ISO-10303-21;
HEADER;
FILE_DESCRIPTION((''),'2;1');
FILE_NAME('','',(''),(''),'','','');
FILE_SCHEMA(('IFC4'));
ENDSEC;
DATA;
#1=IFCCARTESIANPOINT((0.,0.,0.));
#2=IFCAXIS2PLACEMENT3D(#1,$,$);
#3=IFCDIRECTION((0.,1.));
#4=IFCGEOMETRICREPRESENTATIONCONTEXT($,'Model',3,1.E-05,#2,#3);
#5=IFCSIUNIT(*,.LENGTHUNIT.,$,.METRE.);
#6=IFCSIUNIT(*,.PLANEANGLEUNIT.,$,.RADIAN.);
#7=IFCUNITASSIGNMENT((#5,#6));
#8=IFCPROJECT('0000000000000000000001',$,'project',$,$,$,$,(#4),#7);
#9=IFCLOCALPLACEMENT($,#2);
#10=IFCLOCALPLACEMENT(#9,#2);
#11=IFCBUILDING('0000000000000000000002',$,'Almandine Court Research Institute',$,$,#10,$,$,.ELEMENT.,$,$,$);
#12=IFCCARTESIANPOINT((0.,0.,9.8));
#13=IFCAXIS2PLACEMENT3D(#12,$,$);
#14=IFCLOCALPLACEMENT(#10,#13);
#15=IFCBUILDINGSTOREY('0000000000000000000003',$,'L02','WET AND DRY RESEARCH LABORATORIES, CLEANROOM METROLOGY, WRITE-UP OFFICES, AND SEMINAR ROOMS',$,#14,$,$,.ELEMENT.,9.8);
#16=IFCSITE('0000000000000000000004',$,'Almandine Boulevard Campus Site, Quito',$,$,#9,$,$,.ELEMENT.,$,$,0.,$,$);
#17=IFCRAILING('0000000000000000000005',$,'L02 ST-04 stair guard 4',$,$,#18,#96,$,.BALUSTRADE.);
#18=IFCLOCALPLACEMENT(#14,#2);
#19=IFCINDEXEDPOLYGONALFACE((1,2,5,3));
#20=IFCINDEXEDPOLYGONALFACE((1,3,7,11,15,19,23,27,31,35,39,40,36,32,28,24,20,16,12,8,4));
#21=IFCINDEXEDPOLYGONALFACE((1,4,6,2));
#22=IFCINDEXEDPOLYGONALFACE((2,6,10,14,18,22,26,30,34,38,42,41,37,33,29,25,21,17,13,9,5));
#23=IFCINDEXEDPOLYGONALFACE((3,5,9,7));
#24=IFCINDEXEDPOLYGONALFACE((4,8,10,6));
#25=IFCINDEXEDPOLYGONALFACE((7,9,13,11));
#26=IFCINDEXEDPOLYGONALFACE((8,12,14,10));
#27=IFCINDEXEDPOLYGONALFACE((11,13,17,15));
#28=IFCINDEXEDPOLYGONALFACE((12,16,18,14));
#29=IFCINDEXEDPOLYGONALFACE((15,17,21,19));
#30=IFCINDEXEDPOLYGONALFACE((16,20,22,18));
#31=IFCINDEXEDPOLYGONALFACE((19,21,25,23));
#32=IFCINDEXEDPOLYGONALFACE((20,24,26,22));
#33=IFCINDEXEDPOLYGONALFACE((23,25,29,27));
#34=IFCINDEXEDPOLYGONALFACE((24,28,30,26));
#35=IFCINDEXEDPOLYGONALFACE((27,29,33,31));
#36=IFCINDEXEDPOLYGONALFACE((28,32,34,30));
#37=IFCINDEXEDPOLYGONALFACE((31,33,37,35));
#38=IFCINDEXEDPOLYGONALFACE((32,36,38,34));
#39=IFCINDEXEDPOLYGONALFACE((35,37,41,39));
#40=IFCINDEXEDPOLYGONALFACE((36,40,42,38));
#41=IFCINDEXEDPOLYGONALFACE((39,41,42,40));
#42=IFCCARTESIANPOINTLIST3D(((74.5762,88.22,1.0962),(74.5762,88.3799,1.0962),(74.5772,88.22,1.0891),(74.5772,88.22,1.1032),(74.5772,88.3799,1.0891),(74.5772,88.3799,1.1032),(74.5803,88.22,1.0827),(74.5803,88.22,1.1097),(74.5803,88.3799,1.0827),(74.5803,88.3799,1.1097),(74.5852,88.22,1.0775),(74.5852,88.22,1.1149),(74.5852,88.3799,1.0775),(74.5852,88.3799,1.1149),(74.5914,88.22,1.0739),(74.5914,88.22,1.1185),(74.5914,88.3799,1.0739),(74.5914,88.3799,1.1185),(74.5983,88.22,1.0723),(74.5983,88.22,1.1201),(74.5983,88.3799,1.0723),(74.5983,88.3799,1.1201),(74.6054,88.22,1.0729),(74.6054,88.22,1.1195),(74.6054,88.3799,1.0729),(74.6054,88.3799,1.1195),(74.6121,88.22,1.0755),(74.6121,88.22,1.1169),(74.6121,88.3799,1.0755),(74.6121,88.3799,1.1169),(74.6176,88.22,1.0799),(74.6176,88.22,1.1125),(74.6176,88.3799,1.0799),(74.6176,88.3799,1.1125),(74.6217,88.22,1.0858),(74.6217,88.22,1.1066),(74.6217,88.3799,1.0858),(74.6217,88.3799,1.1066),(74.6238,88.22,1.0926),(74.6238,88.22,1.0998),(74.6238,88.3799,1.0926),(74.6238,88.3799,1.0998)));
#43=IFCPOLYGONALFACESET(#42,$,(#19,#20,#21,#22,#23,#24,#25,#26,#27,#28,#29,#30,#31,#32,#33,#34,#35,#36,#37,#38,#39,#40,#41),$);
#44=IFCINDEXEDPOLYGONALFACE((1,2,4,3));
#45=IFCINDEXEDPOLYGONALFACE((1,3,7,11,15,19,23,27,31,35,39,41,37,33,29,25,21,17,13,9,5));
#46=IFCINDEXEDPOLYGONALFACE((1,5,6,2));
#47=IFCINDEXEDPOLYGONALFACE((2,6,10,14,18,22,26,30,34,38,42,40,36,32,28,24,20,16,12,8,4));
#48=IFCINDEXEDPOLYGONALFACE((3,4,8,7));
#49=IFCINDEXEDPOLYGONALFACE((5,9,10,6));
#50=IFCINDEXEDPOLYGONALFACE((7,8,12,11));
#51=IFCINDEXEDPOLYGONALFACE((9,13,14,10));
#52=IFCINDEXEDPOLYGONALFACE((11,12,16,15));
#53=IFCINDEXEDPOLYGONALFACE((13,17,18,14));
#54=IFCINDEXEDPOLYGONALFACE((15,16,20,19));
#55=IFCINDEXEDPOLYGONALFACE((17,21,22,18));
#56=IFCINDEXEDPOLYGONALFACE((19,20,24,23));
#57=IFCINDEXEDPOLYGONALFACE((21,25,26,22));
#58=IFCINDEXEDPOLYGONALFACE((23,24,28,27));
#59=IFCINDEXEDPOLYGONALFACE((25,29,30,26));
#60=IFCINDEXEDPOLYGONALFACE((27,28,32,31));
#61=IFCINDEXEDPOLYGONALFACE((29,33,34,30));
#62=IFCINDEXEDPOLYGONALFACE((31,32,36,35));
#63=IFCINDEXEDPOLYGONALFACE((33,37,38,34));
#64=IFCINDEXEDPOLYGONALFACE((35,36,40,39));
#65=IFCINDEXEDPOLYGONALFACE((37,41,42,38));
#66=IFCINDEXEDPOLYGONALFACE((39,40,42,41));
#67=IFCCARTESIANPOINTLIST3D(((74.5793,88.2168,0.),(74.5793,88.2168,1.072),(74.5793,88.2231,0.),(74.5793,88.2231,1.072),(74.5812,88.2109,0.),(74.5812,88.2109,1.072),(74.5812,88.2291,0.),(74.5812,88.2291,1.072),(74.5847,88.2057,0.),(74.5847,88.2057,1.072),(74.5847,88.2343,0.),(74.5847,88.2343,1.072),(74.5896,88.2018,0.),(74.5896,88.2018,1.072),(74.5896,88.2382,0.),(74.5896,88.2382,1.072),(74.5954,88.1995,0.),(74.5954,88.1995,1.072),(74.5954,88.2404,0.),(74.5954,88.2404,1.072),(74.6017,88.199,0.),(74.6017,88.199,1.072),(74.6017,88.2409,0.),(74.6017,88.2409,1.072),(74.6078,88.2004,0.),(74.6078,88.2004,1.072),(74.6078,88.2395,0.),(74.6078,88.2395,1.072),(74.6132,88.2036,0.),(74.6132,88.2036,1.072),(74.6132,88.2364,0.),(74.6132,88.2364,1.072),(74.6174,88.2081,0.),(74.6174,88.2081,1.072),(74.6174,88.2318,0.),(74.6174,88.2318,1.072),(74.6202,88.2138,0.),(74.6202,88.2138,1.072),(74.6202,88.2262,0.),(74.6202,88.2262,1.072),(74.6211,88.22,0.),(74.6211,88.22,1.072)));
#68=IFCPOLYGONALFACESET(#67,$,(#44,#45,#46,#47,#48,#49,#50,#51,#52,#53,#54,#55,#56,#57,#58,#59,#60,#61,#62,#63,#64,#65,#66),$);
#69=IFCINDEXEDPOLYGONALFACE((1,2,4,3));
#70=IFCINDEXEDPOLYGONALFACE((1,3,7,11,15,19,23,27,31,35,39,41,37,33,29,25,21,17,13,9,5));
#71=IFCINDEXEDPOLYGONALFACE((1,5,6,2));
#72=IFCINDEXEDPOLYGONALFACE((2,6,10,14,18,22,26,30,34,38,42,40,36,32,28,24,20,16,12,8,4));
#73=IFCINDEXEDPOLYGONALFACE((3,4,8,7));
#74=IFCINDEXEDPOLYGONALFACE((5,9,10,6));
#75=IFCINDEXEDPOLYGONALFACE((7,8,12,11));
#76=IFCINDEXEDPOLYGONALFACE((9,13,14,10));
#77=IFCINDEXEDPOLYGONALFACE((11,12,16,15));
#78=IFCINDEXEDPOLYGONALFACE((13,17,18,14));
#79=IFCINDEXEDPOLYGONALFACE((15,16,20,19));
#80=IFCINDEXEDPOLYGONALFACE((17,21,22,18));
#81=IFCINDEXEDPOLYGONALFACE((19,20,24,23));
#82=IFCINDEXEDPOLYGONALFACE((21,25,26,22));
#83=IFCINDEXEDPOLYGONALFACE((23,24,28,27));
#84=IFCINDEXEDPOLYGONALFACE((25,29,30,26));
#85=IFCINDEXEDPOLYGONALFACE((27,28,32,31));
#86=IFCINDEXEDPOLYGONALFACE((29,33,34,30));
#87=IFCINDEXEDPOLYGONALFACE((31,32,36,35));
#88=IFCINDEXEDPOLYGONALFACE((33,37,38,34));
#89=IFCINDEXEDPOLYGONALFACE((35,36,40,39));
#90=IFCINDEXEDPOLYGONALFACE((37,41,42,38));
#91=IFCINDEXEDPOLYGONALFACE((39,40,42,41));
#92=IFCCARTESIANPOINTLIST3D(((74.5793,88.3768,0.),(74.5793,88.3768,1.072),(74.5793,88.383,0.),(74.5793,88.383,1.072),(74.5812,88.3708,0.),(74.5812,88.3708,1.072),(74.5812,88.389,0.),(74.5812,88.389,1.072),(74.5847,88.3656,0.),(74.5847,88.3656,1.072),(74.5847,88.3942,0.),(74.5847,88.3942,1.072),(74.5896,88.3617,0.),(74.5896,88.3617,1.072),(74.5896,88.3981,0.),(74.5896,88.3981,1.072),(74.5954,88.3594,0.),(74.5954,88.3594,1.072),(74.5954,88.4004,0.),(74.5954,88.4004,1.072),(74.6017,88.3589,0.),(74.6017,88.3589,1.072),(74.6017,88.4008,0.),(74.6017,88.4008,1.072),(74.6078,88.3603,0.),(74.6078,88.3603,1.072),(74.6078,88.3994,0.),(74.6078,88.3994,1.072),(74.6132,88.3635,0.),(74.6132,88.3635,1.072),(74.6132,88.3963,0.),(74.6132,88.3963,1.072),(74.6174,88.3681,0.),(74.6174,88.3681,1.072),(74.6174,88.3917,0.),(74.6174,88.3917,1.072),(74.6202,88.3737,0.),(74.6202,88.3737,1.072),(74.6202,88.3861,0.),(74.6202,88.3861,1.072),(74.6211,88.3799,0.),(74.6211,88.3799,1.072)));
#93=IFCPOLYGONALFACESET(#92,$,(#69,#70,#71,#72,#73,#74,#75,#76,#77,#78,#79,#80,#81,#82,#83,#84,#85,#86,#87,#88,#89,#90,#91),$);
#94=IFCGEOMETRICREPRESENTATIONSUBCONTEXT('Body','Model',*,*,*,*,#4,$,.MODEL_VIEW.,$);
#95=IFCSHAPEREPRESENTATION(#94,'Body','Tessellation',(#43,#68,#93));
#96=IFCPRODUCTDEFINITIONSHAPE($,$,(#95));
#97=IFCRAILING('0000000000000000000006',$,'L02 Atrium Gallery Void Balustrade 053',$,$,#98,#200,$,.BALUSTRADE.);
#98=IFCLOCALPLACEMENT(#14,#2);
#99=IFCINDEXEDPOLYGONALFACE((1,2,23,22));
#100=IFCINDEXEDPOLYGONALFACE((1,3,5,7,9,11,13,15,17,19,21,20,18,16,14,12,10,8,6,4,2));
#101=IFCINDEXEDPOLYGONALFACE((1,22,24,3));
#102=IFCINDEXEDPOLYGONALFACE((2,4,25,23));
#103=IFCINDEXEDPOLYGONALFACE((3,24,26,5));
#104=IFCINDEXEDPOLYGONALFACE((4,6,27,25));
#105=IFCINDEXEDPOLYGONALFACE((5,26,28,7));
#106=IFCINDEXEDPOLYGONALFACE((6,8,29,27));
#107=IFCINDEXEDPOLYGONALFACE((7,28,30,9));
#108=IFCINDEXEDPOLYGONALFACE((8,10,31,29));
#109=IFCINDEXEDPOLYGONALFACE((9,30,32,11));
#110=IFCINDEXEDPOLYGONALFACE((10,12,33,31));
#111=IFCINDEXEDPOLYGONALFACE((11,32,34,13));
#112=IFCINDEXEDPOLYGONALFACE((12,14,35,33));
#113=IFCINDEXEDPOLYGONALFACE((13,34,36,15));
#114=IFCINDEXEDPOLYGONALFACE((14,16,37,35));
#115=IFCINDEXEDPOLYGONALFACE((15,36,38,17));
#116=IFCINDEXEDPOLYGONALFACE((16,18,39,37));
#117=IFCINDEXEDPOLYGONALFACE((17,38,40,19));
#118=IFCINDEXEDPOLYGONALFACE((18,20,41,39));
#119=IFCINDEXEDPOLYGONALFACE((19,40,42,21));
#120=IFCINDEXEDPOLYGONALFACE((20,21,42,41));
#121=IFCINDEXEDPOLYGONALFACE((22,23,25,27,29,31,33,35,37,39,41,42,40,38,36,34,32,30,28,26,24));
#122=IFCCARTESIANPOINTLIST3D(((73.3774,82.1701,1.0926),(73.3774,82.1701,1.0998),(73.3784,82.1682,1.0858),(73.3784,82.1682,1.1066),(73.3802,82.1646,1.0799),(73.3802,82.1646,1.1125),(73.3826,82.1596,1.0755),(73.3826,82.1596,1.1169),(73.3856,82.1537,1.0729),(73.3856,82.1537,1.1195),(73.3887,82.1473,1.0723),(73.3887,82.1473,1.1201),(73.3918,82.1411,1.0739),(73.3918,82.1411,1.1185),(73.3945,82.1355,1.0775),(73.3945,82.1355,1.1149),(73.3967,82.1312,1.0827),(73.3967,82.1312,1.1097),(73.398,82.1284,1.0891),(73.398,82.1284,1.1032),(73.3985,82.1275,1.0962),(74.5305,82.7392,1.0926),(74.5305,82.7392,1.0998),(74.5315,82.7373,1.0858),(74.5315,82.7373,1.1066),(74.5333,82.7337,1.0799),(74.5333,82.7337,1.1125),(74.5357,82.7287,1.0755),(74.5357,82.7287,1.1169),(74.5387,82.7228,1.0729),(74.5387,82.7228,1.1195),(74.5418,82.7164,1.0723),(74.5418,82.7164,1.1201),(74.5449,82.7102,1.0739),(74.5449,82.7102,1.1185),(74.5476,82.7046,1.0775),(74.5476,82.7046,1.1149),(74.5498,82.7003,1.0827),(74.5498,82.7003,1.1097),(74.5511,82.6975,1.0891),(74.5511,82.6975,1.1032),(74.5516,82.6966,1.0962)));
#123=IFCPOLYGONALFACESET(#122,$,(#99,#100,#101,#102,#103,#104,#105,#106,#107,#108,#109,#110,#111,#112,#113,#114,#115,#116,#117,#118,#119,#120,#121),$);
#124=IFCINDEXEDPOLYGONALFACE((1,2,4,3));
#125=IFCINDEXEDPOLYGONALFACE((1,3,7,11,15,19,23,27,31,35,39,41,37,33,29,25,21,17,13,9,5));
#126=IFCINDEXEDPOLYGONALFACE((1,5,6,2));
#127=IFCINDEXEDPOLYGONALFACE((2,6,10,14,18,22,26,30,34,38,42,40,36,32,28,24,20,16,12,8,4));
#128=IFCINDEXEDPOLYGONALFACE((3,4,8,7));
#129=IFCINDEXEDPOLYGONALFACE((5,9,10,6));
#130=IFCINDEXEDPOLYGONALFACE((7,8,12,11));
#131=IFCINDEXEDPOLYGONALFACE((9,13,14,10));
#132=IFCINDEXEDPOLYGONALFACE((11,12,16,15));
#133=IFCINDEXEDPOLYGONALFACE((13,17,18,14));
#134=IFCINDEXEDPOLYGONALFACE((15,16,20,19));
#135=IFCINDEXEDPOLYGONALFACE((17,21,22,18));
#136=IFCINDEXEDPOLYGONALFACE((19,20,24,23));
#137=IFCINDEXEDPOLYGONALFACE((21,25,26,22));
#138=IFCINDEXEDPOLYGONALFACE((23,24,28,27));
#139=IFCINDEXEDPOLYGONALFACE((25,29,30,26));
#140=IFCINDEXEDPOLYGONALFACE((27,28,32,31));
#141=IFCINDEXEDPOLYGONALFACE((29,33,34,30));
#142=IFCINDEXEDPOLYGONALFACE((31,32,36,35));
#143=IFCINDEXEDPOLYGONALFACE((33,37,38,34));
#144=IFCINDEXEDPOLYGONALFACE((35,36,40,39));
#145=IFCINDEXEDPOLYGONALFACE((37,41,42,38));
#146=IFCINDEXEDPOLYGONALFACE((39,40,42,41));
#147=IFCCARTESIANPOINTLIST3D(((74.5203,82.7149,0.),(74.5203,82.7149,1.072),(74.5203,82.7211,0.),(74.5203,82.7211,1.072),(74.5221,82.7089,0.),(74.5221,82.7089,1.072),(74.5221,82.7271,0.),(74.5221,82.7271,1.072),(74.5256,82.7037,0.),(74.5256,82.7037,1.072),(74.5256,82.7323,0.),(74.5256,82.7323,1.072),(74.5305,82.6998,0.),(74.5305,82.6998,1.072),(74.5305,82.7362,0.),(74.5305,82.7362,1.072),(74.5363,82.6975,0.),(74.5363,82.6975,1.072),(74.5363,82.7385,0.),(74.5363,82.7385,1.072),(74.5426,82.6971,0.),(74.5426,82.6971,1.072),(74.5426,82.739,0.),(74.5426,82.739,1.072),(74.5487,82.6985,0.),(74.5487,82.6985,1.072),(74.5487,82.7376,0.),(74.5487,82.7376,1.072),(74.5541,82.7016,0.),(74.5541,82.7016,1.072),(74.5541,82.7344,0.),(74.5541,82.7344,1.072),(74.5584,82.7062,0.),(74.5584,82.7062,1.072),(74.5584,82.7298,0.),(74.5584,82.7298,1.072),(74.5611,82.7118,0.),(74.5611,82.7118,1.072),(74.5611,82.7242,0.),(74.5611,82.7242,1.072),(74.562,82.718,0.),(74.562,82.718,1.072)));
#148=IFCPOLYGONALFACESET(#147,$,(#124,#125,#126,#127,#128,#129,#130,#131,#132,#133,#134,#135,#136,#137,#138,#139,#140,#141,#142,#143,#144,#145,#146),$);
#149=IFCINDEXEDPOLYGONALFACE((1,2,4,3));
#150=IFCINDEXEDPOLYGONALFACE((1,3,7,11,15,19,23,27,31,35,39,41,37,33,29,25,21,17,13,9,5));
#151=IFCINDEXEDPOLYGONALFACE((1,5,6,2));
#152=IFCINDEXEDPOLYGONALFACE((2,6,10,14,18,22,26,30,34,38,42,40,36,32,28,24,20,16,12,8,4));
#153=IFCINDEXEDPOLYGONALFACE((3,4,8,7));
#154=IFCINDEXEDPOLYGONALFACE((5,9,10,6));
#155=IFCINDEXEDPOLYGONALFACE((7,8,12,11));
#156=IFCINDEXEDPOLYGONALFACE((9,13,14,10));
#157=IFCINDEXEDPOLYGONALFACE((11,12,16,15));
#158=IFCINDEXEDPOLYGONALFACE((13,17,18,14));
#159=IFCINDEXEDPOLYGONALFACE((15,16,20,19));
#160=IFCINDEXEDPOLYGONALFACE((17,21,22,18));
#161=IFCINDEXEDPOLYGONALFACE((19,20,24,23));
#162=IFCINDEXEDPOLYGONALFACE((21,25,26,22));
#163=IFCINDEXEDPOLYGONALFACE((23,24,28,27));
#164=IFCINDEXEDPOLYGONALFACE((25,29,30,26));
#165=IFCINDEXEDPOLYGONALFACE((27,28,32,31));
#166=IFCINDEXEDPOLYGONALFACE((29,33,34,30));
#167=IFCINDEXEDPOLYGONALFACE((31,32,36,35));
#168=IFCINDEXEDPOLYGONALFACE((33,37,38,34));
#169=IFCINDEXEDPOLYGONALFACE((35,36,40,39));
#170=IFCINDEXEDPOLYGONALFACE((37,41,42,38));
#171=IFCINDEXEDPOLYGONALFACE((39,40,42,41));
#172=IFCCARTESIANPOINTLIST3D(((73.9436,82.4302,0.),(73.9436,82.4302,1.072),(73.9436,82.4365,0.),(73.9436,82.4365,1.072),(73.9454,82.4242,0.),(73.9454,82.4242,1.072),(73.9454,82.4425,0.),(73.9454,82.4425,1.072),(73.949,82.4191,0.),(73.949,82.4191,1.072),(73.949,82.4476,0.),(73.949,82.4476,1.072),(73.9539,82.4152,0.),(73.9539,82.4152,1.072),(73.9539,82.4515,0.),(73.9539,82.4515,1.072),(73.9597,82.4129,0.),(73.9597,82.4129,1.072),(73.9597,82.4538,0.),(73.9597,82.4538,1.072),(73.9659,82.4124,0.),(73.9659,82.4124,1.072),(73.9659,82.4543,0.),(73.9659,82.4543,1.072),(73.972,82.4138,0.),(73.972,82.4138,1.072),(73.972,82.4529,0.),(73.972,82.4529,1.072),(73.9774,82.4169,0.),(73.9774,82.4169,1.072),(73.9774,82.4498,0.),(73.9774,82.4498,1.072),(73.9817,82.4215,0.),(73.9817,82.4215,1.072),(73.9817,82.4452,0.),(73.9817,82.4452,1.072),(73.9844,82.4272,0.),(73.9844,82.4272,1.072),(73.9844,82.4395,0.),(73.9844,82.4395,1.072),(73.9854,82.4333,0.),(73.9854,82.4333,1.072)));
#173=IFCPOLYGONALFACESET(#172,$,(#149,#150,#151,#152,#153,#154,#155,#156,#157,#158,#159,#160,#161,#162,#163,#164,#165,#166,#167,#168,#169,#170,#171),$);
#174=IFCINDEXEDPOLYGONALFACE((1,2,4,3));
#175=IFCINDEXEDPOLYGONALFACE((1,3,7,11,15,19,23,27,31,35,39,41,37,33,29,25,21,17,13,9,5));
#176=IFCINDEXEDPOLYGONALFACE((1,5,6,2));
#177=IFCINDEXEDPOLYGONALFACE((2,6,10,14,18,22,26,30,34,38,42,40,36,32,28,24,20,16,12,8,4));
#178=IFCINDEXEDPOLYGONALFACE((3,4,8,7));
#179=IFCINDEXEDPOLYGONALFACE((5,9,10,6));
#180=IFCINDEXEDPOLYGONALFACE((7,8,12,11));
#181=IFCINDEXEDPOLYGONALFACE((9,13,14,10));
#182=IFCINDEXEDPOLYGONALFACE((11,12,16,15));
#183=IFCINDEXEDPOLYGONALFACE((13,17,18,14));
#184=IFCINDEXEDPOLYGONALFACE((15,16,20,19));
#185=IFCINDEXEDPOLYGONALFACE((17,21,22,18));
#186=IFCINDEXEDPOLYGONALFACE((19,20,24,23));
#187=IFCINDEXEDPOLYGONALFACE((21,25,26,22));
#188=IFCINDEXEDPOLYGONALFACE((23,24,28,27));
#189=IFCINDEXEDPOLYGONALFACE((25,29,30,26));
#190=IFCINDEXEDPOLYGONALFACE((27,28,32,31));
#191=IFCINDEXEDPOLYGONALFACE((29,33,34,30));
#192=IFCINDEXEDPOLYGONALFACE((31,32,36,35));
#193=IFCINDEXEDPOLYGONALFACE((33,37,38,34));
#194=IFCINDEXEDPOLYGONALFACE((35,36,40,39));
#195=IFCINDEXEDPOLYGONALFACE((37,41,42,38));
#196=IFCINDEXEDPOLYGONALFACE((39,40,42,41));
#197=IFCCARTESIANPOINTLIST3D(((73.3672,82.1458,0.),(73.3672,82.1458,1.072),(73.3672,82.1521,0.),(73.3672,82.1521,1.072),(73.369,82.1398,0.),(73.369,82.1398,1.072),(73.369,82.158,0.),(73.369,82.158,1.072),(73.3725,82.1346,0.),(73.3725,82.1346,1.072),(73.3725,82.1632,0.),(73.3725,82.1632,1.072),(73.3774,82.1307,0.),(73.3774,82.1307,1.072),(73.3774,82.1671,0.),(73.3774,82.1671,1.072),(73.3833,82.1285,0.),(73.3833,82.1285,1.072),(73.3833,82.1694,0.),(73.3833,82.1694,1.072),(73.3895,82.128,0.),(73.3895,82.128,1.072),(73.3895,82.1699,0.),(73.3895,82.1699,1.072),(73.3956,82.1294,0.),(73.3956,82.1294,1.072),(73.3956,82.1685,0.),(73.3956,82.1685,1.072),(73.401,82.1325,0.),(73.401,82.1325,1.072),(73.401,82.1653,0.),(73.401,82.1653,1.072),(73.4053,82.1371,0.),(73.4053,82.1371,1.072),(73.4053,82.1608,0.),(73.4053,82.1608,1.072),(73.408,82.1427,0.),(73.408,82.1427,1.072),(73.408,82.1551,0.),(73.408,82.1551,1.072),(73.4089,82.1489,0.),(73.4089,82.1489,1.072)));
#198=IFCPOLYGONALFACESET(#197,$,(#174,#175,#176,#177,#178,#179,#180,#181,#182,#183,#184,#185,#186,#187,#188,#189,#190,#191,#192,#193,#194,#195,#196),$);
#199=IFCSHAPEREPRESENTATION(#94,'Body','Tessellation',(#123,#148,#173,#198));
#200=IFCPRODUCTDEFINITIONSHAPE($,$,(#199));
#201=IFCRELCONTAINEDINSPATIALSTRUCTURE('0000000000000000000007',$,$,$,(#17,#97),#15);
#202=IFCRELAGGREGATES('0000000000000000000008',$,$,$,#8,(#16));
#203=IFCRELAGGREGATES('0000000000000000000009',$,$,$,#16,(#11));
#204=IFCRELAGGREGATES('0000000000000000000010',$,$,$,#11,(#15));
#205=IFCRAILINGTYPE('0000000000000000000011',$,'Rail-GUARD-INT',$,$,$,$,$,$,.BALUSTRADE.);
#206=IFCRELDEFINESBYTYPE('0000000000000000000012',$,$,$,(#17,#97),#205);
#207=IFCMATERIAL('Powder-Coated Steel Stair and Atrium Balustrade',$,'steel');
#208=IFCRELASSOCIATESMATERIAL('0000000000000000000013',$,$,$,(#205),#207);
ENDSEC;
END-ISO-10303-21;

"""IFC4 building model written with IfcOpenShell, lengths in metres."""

from ifc_helpers import new_model, si_unit, direction, frame, origin, origin_2d, place, context, subcontext, project, spatial, circle, extrude, material, type_object, element, save


model = new_model("IFC4")

# Units and contexts
model_context = context("Model", 3, precision=1e-05, world=origin(), true_north=direction((0.0, 1.0)))
body_context = subcontext(model_context, "Body", "Model", "MODEL_VIEW")
ifc_project = project(units=[si_unit("LENGTHUNIT", "METRE"), si_unit("PLANEANGLEUNIT", "RADIAN")], contexts=[model_context])

# Site, building, storey
site_placement = place(None, origin())
site = spatial("IfcSite", under=ifc_project, at=site_placement, Name="Almandine Boulevard Campus Site, Quito", CompositionType="ELEMENT", RefElevation=0.0)
building_placement = place(site_placement, origin())
building = spatial("IfcBuilding", under=site, at=building_placement, Name="Almandine Court Research Institute", CompositionType="ELEMENT")
storey_placement = place(building_placement, frame((0.0, 0.0, 9.8)))
storey = spatial("IfcBuildingStorey", under=building, at=storey_placement, Name="L02", Description="WET AND DRY RESEARCH LABORATORIES, CLEANROOM METROLOGY, WRITE-UP OFFICES, AND SEMINAR ROOMS", CompositionType="ELEMENT", Elevation=9.8)

# Railings
ifc_material_1 = material(Name="Powder-Coated Steel Stair and Atrium Balustrade", Category="steel")
railing_type_1 = type_object("IfcRailingType", Name="Rail-GUARD-INT", PredefinedType="BALUSTRADE", material=ifc_material_1)
railing_1_placement = place(storey_placement, frame((74.6001, 88.22, 0.0)))
element("IfcRailing", 1, at=railing_1_placement, inside=storey, type_object=railing_type_1, Name="L02 ST-04 stair guard 4", PredefinedType="BALUSTRADE", context=body_context, shape_type="SweptSolid", body=[
    extrude(circle(Radius=0.0239, at=origin_2d()), frame((0.0, 0.0, 1.0962), z_axis=(0.0, 1.0, 0.0), x_axis=(-1.0, 0.0, 0.0)), (0.0, 0.0, 1.0), 0.1599),
    extrude(circle(Radius=0.021, at=origin_2d()), origin(), (0.0, 0.0, 1.0), 1.072),
    extrude(circle(Radius=0.021, at=origin_2d()), frame((0.0, 0.1599, 0.0)), (0.0, 0.0, 1.0), 1.072),
])
railing_2_placement = place(storey_placement, frame((74.541, 82.718, 0.0)))
element("IfcRailing", 2, at=railing_2_placement, inside=storey, type_object=railing_type_1, Name="L02 Atrium Gallery Void Balustrade 053", PredefinedType="BALUSTRADE", context=body_context, shape_type="SweptSolid", body=[
    extrude(circle(Radius=0.0239, at=origin_2d()), frame((0.0, 0.0, 1.0962), z_axis=(-0.896732, -0.442575, 0.0), x_axis=(0.442575, -0.896732, 0.0)), (0.0, 0.0, 1.0), 1.2859),
    extrude(circle(Radius=0.021, at=origin_2d()), origin(), (0.0, 0.0, 1.0), 1.072),
    extrude(circle(Radius=0.021, at=origin_2d()), frame((-0.5767, -0.2847, 0.0)), (0.0, 0.0, 1.0), 1.072),
    extrude(circle(Radius=0.021, at=origin_2d()), frame((-1.1531, -0.5691, 0.0)), (0.0, 0.0, 1.0), 1.072),
])

save(model, "model.ifc")
